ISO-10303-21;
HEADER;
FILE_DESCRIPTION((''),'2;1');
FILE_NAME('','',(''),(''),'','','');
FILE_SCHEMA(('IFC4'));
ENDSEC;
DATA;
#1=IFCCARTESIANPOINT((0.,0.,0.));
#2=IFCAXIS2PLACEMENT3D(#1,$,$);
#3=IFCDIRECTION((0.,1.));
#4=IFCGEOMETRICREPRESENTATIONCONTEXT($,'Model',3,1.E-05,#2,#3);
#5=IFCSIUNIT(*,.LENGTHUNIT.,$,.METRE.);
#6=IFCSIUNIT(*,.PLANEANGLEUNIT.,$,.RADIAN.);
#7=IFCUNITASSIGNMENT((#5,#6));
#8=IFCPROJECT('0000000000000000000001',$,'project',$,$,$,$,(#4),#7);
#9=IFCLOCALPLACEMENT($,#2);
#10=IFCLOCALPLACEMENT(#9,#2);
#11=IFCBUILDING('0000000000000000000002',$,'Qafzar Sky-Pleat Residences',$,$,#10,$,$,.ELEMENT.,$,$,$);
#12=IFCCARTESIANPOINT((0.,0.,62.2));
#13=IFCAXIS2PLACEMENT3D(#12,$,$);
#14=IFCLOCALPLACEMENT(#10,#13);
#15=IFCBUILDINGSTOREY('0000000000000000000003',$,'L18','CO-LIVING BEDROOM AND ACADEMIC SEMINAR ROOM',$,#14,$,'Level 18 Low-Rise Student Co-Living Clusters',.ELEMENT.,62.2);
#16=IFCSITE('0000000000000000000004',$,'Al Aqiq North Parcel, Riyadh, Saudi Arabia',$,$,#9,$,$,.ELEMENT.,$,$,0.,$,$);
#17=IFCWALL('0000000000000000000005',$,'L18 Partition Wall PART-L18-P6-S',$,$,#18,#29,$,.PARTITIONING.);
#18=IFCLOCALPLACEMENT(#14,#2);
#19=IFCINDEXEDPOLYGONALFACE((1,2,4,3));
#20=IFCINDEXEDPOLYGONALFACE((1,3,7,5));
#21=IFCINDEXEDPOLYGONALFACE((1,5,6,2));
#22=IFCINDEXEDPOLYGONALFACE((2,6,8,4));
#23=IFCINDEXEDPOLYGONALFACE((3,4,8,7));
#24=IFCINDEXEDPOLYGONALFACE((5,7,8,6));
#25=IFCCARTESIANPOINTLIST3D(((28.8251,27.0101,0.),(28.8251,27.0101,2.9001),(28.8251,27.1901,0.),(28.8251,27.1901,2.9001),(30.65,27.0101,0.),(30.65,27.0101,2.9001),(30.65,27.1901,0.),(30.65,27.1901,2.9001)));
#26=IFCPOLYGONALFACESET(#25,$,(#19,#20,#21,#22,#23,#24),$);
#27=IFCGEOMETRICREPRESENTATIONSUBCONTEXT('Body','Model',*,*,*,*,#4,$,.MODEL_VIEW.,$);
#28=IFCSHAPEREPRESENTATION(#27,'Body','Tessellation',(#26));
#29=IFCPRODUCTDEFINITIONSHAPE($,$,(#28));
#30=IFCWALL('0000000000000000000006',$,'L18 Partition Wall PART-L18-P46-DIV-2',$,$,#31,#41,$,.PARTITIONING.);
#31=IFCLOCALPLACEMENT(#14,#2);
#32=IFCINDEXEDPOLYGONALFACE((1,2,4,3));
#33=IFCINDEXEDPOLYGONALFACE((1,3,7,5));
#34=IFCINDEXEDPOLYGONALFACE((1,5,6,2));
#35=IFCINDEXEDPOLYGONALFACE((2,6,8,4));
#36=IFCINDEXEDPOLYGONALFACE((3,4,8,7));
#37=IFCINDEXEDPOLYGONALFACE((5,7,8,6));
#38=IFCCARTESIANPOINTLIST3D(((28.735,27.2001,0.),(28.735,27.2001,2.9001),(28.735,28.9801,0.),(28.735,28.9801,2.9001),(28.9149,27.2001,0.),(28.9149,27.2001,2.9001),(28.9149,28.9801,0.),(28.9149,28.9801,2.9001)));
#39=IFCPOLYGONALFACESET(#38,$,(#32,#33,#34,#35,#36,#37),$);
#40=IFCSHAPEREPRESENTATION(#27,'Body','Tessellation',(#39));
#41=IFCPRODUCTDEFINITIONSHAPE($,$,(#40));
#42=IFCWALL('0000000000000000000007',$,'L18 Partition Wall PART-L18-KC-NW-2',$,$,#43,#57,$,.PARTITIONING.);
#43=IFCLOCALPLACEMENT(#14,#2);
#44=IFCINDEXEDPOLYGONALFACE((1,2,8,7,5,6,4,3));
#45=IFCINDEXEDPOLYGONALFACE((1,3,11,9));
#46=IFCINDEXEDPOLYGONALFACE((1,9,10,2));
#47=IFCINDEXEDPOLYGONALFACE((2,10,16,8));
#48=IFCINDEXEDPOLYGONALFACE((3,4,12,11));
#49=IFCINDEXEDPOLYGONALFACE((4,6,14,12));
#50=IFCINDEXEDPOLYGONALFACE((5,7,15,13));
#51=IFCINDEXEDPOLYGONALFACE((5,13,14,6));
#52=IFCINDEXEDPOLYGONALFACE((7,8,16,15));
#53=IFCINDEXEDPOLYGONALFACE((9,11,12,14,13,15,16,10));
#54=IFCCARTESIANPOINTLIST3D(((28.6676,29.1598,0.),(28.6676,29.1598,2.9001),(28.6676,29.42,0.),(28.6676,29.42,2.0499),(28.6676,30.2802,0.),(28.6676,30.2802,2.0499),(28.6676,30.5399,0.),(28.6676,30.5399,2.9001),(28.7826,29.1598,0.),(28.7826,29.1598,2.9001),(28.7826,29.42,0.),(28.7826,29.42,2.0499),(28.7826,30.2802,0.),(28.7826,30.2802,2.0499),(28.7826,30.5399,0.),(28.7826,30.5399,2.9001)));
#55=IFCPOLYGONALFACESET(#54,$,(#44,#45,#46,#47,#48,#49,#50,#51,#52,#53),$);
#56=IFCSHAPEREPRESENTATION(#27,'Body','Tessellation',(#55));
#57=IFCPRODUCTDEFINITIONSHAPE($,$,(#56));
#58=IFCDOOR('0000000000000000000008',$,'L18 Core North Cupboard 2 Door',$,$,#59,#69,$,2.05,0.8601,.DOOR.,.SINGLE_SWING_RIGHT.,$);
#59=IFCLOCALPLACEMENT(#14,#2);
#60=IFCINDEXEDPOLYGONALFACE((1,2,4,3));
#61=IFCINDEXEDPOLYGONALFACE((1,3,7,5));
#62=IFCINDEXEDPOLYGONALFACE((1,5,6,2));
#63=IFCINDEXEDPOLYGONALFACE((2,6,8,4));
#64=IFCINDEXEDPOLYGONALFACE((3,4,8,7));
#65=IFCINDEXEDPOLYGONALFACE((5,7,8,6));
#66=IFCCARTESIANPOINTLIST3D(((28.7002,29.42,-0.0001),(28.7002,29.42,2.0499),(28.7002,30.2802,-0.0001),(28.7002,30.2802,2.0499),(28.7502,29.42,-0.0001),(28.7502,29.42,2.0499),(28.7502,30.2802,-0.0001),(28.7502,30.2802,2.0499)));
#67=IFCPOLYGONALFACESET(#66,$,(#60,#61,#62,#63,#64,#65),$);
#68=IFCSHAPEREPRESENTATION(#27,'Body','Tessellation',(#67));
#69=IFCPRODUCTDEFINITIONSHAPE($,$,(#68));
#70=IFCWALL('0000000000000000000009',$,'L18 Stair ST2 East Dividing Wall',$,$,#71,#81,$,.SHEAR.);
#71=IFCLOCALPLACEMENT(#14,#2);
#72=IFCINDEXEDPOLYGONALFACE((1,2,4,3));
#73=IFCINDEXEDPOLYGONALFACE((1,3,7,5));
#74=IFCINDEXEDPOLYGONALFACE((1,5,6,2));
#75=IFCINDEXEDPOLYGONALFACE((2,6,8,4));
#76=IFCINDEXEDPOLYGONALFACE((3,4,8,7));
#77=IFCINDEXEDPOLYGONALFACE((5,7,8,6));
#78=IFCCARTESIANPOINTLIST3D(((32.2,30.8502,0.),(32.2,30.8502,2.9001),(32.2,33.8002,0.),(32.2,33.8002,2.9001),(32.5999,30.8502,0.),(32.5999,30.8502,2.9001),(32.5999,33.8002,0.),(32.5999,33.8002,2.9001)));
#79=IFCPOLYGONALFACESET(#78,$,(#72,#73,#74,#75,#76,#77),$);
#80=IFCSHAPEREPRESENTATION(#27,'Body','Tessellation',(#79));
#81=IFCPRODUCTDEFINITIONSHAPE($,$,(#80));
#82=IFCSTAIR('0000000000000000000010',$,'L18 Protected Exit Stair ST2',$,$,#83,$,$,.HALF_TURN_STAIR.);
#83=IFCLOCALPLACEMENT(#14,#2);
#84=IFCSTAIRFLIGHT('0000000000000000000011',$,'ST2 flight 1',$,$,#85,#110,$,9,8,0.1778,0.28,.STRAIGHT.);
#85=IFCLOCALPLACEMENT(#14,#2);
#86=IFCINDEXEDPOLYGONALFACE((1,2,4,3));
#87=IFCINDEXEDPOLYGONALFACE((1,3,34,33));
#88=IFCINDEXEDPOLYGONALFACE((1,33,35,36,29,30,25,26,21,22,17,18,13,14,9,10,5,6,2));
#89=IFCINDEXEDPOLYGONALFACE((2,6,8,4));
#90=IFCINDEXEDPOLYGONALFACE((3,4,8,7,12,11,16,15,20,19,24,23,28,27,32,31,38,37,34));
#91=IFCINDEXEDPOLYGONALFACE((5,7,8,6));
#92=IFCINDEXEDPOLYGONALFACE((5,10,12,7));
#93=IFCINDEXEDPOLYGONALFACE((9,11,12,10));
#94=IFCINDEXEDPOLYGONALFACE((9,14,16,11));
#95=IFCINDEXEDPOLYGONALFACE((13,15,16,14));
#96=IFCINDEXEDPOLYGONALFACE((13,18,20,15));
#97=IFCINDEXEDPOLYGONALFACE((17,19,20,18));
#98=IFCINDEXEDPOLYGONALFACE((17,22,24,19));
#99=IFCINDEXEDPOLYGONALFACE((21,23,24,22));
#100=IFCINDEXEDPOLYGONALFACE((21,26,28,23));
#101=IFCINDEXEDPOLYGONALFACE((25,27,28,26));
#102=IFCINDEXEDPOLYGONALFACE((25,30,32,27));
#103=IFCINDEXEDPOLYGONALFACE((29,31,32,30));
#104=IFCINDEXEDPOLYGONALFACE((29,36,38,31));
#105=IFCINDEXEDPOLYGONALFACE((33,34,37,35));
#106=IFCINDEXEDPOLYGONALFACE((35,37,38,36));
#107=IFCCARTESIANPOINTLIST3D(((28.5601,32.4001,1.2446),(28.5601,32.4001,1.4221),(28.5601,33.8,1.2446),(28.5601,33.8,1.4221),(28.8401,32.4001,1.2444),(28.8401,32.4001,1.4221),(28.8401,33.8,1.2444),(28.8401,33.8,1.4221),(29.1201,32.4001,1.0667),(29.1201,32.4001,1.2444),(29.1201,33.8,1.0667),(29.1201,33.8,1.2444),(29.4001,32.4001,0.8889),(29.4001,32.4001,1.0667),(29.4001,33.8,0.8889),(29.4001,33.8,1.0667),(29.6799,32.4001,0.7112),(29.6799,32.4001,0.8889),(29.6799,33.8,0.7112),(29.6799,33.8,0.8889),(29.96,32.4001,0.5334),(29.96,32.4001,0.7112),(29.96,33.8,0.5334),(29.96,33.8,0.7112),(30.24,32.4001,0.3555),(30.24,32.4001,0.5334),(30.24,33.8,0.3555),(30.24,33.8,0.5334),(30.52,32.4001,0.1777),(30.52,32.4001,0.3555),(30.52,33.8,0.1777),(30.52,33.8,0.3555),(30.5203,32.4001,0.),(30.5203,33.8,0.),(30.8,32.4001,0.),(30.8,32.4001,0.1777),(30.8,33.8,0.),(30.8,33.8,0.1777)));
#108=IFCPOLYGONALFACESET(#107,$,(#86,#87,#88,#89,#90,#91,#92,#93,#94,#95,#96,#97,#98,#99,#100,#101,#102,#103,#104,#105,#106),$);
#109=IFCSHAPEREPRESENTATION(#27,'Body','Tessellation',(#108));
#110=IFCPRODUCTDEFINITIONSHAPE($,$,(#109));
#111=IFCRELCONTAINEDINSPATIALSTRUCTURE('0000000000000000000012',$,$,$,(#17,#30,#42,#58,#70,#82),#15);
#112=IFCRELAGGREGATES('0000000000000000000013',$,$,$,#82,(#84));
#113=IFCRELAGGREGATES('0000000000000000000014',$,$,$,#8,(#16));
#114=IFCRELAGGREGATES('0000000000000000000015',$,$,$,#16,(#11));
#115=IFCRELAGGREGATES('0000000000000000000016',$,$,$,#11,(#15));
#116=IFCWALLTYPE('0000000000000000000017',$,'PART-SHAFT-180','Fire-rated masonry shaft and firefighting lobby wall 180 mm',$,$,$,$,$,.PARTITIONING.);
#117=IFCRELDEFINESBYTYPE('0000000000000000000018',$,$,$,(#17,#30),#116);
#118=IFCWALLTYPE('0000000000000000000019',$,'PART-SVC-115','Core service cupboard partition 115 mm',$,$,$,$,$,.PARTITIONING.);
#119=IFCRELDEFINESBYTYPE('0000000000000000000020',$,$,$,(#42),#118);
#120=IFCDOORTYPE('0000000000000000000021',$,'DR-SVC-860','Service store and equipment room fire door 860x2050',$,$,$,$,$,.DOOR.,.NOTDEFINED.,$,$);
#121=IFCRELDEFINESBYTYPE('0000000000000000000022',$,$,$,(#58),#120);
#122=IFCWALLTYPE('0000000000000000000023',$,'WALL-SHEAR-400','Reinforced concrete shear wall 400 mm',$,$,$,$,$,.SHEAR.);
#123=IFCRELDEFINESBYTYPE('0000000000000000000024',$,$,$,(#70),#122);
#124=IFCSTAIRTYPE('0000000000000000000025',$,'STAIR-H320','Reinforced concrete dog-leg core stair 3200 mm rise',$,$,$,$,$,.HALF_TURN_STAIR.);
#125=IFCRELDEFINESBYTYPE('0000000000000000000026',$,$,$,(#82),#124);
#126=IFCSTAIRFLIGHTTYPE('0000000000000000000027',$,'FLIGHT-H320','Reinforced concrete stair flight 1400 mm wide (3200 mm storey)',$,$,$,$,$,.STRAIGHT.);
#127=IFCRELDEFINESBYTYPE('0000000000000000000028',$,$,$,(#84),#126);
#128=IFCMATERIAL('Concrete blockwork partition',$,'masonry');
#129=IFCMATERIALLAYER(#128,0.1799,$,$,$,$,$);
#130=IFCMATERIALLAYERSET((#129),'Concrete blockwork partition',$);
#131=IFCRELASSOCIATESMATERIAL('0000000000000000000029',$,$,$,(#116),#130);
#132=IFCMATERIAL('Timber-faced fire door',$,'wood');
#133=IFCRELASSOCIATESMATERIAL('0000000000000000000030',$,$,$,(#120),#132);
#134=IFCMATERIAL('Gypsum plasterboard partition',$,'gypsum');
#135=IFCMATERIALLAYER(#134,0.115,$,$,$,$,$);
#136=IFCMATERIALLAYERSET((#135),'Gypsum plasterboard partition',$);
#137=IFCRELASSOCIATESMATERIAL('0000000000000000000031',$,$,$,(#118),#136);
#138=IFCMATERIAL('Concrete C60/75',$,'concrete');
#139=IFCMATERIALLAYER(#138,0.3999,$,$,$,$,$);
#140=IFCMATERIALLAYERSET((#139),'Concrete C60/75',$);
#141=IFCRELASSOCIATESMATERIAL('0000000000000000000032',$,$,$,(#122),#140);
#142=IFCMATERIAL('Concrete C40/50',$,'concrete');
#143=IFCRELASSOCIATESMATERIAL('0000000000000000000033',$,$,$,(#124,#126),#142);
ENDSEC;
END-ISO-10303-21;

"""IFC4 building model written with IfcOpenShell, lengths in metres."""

from ifc_helpers import new_model, si_unit, direction, frame, frame_2d, origin, place, context, subcontext, project, spatial, polyline, rectangle, outline, extrude, source, transform, mapped, material, layer, layer_set, type_object, element, fill, aggregate, save


model = new_model("IFC4")

# Units and contexts
model_context = context("Model", 3, precision=1e-05, world=origin(), true_north=direction((0.0, 1.0)))
body_context = subcontext(model_context, "Body", "Model", "MODEL_VIEW")
ifc_project = project(units=[si_unit("LENGTHUNIT", "METRE"), si_unit("PLANEANGLEUNIT", "RADIAN")], contexts=[model_context])

# Site, building, storey
site_placement = place(None, origin())
site = spatial("IfcSite", under=ifc_project, at=site_placement, Name="Al Aqiq North Parcel, Riyadh, Saudi Arabia", CompositionType="ELEMENT", RefElevation=0.0)
building_placement = place(site_placement, origin())
building = spatial("IfcBuilding", under=site, at=building_placement, Name="Qafzar Sky-Pleat Residences", CompositionType="ELEMENT")
storey_placement = place(building_placement, frame((0.0, 0.0, 62.2)))
storey = spatial("IfcBuildingStorey", under=building, at=storey_placement, Name="L18", Description="CO-LIVING BEDROOM AND ACADEMIC SEMINAR ROOM", LongName="Level 18 Low-Rise Student Co-Living Clusters", CompositionType="ELEMENT", Elevation=62.2)

# Shared definitions
ifc_material_1 = material(Name="Timber-faced fire door", Category="wood")
ifc_material_2 = material(Name="Concrete blockwork partition", Category="masonry")
ifc_layer_1 = layer(ifc_material_2, 0.1799)
ifc_layer_set_1 = layer_set([ifc_layer_1], Name="Concrete blockwork partition")
wall_type_1 = type_object("IfcWallType", Name="PART-SHAFT-180", Description="Fire-rated masonry shaft and firefighting lobby wall 180 mm", PredefinedType="PARTITIONING", material=ifc_layer_set_1)
door_type_1 = type_object("IfcDoorType", Name="DR-SVC-860", Description="Service store and equipment room fire door 860x2050", OperationType="NOTDEFINED", PredefinedType="DOOR", material=ifc_material_1)
shared_shape_1 = source(origin(), body_context, "Body", "SweptSolid", [
    extrude(rectangle(XDim=0.8601, YDim=2.05, at=frame_2d((0.4302, 1.0249))), frame((0.0, 0.0249, 0.0), z_axis=(0.0, -1.0, 0.0), x_axis=(1.0, 0.0, 0.0)), (0.0, 0.0, 1.0), 0.05),
])

# Walls
wall_1_placement = place(storey_placement, frame((28.825, 27.1001, 0.0), z_axis=(0.0, 0.0, 1.0), x_axis=(1.0, 0.0, 0.0)))
element("IfcWall", 1, at=wall_1_placement, inside=storey, type_object=wall_type_1, Name="L18 Partition Wall PART-L18-P6-S", PredefinedType="PARTITIONING", context=body_context, shape_type="SweptSolid", body=[
    extrude(rectangle(XDim=1.825, YDim=0.1799, at=frame_2d((0.9126, 0.0))), origin(), (0.0, 0.0, 1.0), 2.9001),
])
wall_2_placement = place(storey_placement, frame((28.825, 27.2, 0.0), z_axis=(0.0, 0.0, 1.0), x_axis=(0.0, 1.0, 0.0)))
element("IfcWall", 2, at=wall_2_placement, inside=storey, type_object=wall_type_1, Name="L18 Partition Wall PART-L18-P46-DIV-2", PredefinedType="PARTITIONING", context=body_context, shape_type="SweptSolid", body=[
    extrude(rectangle(XDim=1.78, YDim=0.1799, at=frame_2d((0.8901, 0.0))), origin(), (0.0, 0.0, 1.0), 2.9001),
])

# Wall, opening, door
ifc_material_3 = material(Name="Gypsum plasterboard partition", Category="gypsum")
ifc_layer_2 = layer(ifc_material_3, 0.115)
ifc_layer_set_2 = layer_set([ifc_layer_2], Name="Gypsum plasterboard partition")
wall_type_2 = type_object("IfcWallType", Name="PART-SVC-115", Description="Core service cupboard partition 115 mm", PredefinedType="PARTITIONING", material=ifc_layer_set_2)
wall_3_placement = place(storey_placement, frame((28.7251, 29.1599, 0.0), z_axis=(0.0, 0.0, 1.0), x_axis=(0.0, 1.0, 0.0)))
wall_3 = element("IfcWall", 3, at=wall_3_placement, inside=storey, type_object=wall_type_2, Name="L18 Partition Wall PART-L18-KC-NW-2", PredefinedType="PARTITIONING", context=body_context, shape_type="SweptSolid", body=[
    extrude(rectangle(XDim=1.3801, YDim=0.115, at=frame_2d((0.6899, 0.0))), origin(), (0.0, 0.0, 1.0), 2.9001),
])
opening_1_placement = place(wall_3_placement, frame((0.26, 0.0, 0.0)))
opening_1 = element("IfcOpeningElement", 4, at=opening_1_placement, cuts=wall_3, PredefinedType="OPENING", context=body_context, shape_type="SweptSolid", body=[
    extrude(rectangle(XDim=0.8601, YDim=2.05, at=frame_2d((0.4302, 1.0249))), frame((0.0, 0.0674, 0.0), z_axis=(0.0, -1.0, 0.0), x_axis=(1.0, 0.0, 0.0)), (0.0, 0.0, 1.0), 0.135),
])
door_1_placement = place(opening_1_placement, origin())
door_1 = element("IfcDoor", 5, at=door_1_placement, inside=storey, type_object=door_type_1, Name="L18 Core North Cupboard 2 Door", OperationType="SINGLE_SWING_RIGHT", OverallHeight=2.05, OverallWidth=0.8601, PredefinedType="DOOR", context=body_context, shape_type="MappedRepresentation", body=[
    mapped(shared_shape_1, transform((0.0, 0.0, 0.0), x_axis=(1.0, 0.0, 0.0), y_axis=(0.0, 1.0, 0.0), z_axis=(0.0, 0.0, 1.0), scale=1.0)),
])
fill(opening_1, door_1)

# Wall
ifc_material_4 = material(Name="Concrete C60/75", Category="concrete")
ifc_layer_3 = layer(ifc_material_4, 0.3999)
ifc_layer_set_3 = layer_set([ifc_layer_3], Name="Concrete C60/75")
wall_type_3 = type_object("IfcWallType", Name="WALL-SHEAR-400", Description="Reinforced concrete shear wall 400 mm", PredefinedType="SHEAR", material=ifc_layer_set_3)
wall_4_placement = place(storey_placement, frame((32.3999, 30.8501, 0.0), z_axis=(0.0, 0.0, 1.0), x_axis=(0.0, 1.0, 0.0)))
element("IfcWall", 6, at=wall_4_placement, inside=storey, type_object=wall_type_3, Name="L18 Stair ST2 East Dividing Wall", PredefinedType="SHEAR", context=body_context, shape_type="SweptSolid", body=[
    extrude(rectangle(XDim=2.95, YDim=0.3999, at=frame_2d((1.4751, 0.0))), origin(), (0.0, 0.0, 1.0), 2.9001),
])

# Stair, stair flight
ifc_material_5 = material(Name="Concrete C40/50", Category="concrete")
stair_type = type_object("IfcStairType", Name="STAIR-H320", Description="Reinforced concrete dog-leg core stair 3200 mm rise", PredefinedType="HALF_TURN_STAIR", material=ifc_material_5)
stair_placement = place(storey_placement, origin())
stair = element("IfcStair", 7, at=stair_placement, inside=storey, type_object=stair_type, Name="L18 Protected Exit Stair ST2", PredefinedType="HALF_TURN_STAIR")
stair_flight_type = type_object("IfcStairFlightType", Name="FLIGHT-H320", Description="Reinforced concrete stair flight 1400 mm wide (3200 mm storey)", PredefinedType="STRAIGHT", material=ifc_material_5)
shared_shape_2 = source(origin(), body_context, "Body", "SweptSolid", [
    extrude(outline(polyline([(0.0, 0.0), (0.0, 0.1777), (0.28, 0.1777), (0.28, 0.3555), (0.5601, 0.3555), (0.5601, 0.5334), (0.8401, 0.5334), (0.8401, 0.7112), (1.1201, 0.7112), (1.1201, 0.8889), (1.3999, 0.8889), (1.3999, 1.0667), (1.6799, 1.0667), (1.6799, 1.2444), (1.96, 1.2444), (1.96, 1.4221), (2.24, 1.4221), (2.24, 1.6001), (2.24, 1.2446), (0.2798, 0.0), (0.0, 0.0)])), frame((0.0, 0.7, 0.0), z_axis=(0.0, -1.0, 0.0), x_axis=(1.0, 0.0, 0.0)), (0.0, 0.0, 1.0), 1.3999),
])
stair_flight_placement = place(storey_placement, frame((30.8, 33.1001, 0.0), z_axis=(0.0, 0.0, 1.0), x_axis=(-1.0, 0.0, 0.0)))
stair_flight = element("IfcStairFlight", 8, at=stair_flight_placement, type_object=stair_flight_type, Name="ST2 flight 1", NumberOfRisers=9, NumberOfTreads=8, PredefinedType="STRAIGHT", RiserHeight=0.1778, TreadLength=0.28, context=body_context, shape_type="MappedRepresentation", body=[
    mapped(shared_shape_2, transform((0.0, 0.0, 0.0), x_axis=(1.0, 0.0, 0.0), y_axis=(0.0, 1.0, 0.0), z_axis=(0.0, 0.0, 1.0), scale=1.0)),
])
aggregate(stair, [stair_flight])

save(model, "model.ifc")
